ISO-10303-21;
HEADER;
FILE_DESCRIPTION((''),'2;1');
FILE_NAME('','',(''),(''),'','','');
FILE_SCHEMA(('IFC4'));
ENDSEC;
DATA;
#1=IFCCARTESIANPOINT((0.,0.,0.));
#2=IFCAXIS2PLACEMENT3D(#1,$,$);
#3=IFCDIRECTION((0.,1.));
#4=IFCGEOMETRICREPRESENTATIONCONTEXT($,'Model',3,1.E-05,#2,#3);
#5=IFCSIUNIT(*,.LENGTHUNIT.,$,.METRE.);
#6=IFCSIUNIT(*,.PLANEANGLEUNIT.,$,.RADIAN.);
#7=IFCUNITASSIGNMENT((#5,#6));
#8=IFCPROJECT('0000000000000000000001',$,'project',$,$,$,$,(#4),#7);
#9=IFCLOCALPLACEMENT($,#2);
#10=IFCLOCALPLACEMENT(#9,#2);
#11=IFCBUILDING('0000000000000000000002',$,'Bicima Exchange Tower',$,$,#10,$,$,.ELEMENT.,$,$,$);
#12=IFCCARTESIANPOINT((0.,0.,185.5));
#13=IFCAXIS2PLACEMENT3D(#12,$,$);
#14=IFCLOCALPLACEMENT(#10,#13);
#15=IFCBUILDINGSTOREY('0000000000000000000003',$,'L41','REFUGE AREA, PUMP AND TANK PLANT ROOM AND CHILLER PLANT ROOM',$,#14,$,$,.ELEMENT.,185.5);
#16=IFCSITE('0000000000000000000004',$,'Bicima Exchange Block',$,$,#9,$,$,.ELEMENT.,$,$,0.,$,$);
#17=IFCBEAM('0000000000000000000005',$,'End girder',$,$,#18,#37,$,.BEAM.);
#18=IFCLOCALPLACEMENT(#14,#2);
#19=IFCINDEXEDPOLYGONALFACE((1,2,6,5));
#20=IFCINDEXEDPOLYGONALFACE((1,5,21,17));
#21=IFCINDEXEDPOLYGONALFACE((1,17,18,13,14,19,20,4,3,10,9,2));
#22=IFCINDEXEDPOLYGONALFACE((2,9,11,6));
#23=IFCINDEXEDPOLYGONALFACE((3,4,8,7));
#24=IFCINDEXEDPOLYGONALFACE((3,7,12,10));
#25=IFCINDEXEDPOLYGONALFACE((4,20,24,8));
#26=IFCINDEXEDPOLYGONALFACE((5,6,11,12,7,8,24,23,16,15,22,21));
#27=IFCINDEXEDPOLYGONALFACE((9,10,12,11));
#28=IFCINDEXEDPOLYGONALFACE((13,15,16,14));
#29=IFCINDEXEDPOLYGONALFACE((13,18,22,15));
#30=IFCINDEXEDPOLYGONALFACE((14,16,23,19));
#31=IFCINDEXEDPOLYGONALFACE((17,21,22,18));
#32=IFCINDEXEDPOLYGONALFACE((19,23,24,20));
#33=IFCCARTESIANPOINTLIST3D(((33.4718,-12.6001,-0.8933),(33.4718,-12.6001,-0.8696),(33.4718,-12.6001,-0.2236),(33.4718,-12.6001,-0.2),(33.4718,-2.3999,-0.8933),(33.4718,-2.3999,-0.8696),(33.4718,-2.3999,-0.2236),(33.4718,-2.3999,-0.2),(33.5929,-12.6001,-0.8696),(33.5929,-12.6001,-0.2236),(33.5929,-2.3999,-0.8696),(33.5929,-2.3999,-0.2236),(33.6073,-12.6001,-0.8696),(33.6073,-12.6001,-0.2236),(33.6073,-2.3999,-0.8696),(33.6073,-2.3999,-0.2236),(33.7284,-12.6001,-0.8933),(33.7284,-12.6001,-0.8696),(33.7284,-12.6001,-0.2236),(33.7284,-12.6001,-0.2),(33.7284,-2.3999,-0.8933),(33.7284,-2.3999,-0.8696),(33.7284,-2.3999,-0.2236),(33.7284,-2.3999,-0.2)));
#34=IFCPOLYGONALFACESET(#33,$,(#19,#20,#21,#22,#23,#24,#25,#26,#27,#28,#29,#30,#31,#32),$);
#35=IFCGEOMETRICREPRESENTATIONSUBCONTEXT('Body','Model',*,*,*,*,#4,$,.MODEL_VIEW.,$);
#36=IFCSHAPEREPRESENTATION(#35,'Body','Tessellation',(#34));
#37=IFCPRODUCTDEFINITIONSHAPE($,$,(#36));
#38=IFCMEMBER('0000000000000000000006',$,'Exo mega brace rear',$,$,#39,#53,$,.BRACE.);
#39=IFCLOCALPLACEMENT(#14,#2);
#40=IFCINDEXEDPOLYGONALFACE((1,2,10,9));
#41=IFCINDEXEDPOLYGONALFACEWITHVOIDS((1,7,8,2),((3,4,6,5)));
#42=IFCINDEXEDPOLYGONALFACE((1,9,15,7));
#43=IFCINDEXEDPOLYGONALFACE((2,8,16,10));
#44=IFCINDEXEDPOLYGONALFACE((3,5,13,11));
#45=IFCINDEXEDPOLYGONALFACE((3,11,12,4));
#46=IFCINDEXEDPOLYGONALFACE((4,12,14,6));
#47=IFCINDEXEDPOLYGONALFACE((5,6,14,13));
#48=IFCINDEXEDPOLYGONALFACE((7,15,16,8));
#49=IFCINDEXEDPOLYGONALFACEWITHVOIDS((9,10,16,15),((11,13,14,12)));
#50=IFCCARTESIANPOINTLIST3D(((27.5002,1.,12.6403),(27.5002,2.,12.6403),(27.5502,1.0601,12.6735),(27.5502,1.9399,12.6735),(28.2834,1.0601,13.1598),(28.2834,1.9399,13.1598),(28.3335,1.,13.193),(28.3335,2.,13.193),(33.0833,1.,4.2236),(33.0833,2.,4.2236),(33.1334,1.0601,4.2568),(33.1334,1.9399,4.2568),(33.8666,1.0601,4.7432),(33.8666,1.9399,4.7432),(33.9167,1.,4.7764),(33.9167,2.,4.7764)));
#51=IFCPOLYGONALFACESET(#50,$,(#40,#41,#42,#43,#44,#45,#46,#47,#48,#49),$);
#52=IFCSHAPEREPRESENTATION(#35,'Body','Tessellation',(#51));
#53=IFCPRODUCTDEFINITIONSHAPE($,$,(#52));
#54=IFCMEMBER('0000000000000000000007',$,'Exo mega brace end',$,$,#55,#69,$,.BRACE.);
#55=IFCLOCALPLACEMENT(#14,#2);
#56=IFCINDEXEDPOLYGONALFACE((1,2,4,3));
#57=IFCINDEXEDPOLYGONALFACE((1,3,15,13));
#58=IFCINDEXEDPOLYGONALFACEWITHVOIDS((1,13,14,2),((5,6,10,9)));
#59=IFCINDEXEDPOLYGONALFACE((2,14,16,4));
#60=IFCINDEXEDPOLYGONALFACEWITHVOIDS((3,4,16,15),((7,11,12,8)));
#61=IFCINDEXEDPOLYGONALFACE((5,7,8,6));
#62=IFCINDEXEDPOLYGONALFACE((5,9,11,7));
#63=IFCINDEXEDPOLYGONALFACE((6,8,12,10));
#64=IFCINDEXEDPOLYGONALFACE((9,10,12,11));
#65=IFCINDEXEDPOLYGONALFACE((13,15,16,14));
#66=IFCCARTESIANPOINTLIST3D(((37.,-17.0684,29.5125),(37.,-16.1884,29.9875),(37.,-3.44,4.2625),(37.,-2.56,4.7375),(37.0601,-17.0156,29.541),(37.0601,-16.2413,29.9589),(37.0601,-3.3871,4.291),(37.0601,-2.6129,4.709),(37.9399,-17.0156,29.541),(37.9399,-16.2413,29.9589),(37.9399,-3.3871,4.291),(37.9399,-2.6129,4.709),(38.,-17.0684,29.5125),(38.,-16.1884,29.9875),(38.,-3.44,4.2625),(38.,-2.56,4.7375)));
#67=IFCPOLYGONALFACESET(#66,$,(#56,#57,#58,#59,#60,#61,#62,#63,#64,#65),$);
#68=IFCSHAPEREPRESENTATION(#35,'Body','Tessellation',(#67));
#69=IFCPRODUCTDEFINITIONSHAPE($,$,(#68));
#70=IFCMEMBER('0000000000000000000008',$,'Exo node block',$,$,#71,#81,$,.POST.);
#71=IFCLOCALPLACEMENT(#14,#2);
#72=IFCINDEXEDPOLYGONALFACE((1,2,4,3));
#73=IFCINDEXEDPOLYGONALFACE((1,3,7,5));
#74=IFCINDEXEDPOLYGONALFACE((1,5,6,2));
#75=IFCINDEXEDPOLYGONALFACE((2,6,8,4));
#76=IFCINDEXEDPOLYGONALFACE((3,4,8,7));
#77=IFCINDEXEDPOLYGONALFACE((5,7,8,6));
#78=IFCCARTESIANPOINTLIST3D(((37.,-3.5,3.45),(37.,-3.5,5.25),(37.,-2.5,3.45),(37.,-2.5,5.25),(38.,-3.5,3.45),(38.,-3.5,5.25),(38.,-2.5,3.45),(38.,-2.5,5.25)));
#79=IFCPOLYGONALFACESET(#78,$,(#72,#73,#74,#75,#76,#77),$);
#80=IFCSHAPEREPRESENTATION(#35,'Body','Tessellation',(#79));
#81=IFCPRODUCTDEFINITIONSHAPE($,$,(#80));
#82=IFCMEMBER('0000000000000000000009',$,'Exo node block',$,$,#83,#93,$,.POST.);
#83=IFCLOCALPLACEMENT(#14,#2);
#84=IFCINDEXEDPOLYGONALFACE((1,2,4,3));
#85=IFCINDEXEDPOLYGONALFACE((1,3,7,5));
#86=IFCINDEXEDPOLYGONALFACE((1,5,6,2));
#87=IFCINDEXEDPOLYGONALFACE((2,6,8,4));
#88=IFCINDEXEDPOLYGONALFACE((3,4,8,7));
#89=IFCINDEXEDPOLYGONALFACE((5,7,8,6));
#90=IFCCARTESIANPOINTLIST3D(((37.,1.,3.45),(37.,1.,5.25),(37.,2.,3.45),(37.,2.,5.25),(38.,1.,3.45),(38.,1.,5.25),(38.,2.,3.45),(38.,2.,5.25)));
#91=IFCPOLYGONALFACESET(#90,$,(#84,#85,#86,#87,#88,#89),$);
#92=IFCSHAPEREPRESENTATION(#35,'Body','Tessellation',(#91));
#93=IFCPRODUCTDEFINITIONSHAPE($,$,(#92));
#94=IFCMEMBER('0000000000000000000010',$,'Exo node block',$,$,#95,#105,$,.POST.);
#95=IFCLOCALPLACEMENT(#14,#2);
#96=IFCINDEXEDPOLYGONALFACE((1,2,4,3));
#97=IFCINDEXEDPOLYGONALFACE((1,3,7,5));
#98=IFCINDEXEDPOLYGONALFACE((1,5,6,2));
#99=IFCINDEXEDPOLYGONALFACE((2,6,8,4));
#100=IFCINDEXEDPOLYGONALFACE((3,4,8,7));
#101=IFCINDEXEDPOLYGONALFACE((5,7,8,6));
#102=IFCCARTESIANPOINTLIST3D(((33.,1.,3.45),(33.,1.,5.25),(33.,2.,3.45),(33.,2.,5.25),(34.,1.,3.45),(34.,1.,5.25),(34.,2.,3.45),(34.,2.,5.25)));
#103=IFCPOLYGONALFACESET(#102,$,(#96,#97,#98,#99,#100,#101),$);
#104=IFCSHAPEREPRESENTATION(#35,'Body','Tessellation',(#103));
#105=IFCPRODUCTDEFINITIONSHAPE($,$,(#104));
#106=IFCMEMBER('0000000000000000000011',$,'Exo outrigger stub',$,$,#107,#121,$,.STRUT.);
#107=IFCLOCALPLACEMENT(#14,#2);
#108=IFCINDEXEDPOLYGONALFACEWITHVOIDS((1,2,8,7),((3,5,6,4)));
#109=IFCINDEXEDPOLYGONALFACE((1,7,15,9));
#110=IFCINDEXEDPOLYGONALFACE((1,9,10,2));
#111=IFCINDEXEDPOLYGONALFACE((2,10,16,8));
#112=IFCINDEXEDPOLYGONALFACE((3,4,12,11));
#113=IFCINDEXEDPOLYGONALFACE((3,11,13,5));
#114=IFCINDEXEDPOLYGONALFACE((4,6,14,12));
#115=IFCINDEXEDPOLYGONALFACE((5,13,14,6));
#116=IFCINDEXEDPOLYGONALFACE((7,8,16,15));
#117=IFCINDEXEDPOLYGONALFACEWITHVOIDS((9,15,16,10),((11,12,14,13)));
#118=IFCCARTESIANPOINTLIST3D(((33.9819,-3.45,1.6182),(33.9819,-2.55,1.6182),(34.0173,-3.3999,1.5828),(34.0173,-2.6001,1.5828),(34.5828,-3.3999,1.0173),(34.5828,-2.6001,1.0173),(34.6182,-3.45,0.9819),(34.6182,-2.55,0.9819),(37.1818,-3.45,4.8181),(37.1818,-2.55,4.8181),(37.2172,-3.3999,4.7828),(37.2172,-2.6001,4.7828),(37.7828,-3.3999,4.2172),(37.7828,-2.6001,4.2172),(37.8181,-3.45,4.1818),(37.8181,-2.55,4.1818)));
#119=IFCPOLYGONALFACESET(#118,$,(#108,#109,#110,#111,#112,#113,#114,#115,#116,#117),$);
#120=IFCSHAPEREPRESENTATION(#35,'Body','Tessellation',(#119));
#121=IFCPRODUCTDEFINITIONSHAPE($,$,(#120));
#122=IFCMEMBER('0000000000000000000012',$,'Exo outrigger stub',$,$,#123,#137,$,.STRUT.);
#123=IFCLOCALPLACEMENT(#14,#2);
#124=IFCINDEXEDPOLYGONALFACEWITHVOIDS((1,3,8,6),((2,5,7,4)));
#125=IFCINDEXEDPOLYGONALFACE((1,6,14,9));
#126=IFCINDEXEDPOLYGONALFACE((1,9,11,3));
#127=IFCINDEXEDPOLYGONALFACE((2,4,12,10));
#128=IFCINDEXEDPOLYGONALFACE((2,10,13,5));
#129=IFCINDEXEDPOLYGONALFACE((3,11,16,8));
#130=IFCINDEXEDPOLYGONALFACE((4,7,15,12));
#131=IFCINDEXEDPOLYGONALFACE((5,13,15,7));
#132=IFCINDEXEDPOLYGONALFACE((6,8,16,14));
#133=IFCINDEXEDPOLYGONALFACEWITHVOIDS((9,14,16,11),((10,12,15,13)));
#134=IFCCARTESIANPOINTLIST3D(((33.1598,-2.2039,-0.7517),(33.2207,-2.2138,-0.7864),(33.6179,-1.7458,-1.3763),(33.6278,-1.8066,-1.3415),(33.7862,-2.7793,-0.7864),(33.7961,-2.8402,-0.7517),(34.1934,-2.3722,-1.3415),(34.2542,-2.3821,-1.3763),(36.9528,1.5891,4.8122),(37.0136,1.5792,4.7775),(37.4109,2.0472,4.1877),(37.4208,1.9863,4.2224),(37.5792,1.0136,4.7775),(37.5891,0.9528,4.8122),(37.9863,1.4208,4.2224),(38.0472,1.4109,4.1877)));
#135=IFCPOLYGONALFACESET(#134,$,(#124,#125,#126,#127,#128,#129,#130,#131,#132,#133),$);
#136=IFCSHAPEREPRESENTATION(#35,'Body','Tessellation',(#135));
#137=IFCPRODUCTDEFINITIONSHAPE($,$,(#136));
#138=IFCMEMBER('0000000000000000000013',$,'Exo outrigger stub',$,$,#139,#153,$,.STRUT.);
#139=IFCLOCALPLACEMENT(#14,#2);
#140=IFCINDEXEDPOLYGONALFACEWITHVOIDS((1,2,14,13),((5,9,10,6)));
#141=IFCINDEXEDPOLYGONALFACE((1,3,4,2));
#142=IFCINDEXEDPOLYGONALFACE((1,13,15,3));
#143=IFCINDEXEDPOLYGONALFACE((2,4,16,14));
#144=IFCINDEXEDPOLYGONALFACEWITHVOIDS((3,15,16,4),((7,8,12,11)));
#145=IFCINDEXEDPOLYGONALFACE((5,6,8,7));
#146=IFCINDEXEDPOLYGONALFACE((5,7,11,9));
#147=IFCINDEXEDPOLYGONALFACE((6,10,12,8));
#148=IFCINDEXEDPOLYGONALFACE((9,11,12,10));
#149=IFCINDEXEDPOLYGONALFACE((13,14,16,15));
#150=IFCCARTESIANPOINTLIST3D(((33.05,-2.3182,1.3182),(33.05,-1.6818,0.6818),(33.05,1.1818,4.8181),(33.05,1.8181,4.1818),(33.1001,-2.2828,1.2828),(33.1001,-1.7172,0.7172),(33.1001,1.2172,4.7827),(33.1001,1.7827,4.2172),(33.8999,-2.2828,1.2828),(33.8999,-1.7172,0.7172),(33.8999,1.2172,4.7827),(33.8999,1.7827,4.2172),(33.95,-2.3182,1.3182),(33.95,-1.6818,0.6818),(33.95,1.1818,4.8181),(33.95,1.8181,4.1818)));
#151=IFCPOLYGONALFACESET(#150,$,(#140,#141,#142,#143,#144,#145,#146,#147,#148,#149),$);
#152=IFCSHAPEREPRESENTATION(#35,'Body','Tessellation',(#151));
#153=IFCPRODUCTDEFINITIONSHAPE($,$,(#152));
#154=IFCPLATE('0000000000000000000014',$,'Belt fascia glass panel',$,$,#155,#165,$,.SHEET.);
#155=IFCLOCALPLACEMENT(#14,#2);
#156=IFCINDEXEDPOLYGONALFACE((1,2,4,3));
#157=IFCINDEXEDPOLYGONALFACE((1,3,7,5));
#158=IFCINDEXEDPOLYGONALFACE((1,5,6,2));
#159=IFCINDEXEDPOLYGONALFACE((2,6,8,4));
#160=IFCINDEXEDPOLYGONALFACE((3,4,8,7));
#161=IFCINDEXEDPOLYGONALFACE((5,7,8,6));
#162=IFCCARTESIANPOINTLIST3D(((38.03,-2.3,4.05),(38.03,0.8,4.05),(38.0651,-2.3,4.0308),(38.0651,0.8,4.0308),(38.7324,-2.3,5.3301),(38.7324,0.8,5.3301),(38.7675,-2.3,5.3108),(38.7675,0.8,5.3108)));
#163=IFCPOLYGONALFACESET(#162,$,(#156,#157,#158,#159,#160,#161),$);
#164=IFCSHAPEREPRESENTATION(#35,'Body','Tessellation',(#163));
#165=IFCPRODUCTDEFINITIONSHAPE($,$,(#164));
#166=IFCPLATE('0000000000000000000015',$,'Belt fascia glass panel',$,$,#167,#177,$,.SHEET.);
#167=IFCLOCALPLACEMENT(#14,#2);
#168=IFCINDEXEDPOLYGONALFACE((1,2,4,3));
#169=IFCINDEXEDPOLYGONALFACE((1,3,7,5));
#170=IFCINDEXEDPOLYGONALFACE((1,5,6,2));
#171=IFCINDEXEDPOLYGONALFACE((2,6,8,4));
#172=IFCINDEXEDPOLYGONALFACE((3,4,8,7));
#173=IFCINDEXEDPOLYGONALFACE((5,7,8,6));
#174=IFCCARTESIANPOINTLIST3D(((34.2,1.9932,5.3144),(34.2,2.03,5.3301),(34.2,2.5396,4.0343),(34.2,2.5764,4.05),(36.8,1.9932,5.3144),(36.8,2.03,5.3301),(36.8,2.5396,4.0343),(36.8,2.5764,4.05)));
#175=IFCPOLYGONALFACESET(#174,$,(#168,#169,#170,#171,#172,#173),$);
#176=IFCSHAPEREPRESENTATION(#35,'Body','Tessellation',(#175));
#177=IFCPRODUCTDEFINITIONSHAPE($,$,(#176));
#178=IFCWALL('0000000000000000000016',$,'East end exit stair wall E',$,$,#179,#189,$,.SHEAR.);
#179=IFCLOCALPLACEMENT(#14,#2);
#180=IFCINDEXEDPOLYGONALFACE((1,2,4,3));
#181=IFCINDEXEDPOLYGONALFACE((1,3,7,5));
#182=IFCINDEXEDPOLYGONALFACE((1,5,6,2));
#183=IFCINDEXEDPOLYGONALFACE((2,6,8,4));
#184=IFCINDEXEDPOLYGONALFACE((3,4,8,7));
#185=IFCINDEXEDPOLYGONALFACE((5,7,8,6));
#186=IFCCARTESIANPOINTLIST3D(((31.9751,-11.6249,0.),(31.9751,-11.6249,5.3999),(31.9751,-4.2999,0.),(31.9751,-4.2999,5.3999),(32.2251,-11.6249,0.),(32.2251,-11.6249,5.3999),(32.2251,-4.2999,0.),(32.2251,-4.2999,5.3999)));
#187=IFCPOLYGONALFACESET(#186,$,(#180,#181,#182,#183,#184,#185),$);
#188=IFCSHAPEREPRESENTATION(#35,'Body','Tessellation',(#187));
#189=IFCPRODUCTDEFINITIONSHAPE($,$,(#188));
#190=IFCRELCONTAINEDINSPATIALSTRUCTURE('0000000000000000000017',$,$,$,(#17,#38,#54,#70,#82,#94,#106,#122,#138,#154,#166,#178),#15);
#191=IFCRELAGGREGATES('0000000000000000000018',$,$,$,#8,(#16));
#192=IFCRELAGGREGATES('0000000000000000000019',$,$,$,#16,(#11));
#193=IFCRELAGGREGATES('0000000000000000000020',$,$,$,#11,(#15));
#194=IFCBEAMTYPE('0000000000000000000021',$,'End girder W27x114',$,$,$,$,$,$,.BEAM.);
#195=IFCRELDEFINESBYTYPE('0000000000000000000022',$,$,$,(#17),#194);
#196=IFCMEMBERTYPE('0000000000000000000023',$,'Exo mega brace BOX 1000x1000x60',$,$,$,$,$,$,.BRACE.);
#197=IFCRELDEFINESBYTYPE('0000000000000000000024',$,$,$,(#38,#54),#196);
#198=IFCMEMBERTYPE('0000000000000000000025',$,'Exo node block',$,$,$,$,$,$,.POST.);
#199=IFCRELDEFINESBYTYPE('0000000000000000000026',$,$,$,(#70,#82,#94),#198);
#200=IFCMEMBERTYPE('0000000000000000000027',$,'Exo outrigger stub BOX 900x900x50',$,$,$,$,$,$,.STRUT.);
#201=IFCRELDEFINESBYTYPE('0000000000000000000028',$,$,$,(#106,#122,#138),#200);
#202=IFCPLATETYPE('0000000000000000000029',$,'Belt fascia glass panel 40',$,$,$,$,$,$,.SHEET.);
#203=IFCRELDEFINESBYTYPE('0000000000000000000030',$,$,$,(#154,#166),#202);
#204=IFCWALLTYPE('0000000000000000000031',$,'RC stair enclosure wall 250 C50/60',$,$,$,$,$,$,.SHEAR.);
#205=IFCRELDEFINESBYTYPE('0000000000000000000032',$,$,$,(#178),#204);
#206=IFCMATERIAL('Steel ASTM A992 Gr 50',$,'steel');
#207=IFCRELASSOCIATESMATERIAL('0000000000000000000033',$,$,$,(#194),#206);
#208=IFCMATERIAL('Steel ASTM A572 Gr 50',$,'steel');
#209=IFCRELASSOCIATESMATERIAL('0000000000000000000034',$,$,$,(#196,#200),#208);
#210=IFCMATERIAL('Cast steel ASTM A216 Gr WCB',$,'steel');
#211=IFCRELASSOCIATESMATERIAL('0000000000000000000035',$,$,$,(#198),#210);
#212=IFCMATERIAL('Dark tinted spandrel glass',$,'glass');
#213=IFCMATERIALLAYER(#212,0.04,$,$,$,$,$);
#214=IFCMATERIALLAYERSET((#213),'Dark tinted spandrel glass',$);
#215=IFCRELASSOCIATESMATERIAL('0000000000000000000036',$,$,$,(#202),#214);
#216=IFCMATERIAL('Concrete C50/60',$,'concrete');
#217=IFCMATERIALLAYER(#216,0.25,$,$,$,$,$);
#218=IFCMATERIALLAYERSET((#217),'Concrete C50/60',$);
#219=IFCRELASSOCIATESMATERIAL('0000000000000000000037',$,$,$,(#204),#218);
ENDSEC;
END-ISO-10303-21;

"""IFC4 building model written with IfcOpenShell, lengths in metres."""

from ifc_helpers import new_model, si_unit, direction, frame, frame_2d, origin, origin_2d, place, context, subcontext, project, spatial, polyline, rectangle, hollow_rectangle, i_section, outline, extrude, material, layer, layer_set, material_profile, profile_set, type_object, element, save


model = new_model("IFC4")

# Units and contexts
model_context = context("Model", 3, precision=1e-05, world=origin(), true_north=direction((0.0, 1.0)))
body_context = subcontext(model_context, "Body", "Model", "MODEL_VIEW")
ifc_project = project(units=[si_unit("LENGTHUNIT", "METRE"), si_unit("PLANEANGLEUNIT", "RADIAN")], contexts=[model_context])

# Site, building, storey
site_placement = place(None, origin())
site = spatial("IfcSite", under=ifc_project, at=site_placement, Name="Bicima Exchange Block", CompositionType="ELEMENT", RefElevation=0.0)
building_placement = place(site_placement, origin())
building = spatial("IfcBuilding", under=site, at=building_placement, Name="Bicima Exchange Tower", CompositionType="ELEMENT")
storey_placement = place(building_placement, frame((0.0, 0.0, 185.5)))
storey = spatial("IfcBuildingStorey", under=building, at=storey_placement, Name="L41", Description="REFUGE AREA, PUMP AND TANK PLANT ROOM AND CHILLER PLANT ROOM", CompositionType="ELEMENT", Elevation=185.5)

# Shared definitions
ifc_material_1 = material(Name="Steel ASTM A572 Gr 50", Category="steel")

# Shared definitions
ifc_material_2 = material(Name="Steel ASTM A992 Gr 50", Category="steel")

# Beam
ifc_material_profile_1 = material_profile(ifc_material_2, i_section(OverallWidth=0.2566, OverallDepth=0.6934, WebThickness=0.0144, FlangeThickness=0.0237, at=origin_2d()))
ifc_profile_set_1 = profile_set([ifc_material_profile_1], Name="Steel ASTM A992 Gr 50")
beam_type_1 = type_object("IfcBeamType", Name="End girder W27x114", PredefinedType="BEAM", material=ifc_profile_set_1)
beam_1_placement = place(storey_placement, frame((33.6001, -2.3999, -0.5466), z_axis=(0.0, -1.0, 0.0), x_axis=(1.0, 0.0, 0.0)))
element("IfcBeam", 1, at=beam_1_placement, inside=storey, type_object=beam_type_1, Name="End girder", PredefinedType="BEAM", context=body_context, shape_type="SweptSolid", body=[
    extrude(i_section(OverallWidth=0.2566, OverallDepth=0.6934, WebThickness=0.0144, FlangeThickness=0.0237, at=origin_2d()), origin(), (0.0, 0.0, 1.0), 10.2002),
])

# Members
ifc_material_profile_2 = material_profile(ifc_material_1, hollow_rectangle(XDim=1.0, YDim=1.0, WallThickness=0.0601, at=origin_2d()))
ifc_profile_set_2 = profile_set([ifc_material_profile_2], Name="Steel ASTM A572 Gr 50")
member_type_1 = type_object("IfcMemberType", Name="Exo mega brace BOX 1000x1000x60", PredefinedType="BRACE", material=ifc_profile_set_2)
member_1_placement = place(storey_placement, frame((33.5, 1.5, 4.5), z_axis=(-0.552785, 0.0, 0.833324), x_axis=(0.0, -1.0, 0.0)))
element("IfcMember", 2, at=member_1_placement, inside=storey, type_object=member_type_1, Name="Exo mega brace rear", PredefinedType="BRACE", context=body_context, shape_type="SweptSolid", body=[
    extrude(hollow_rectangle(XDim=1.0, YDim=1.0, WallThickness=0.0601, at=origin_2d()), origin(), (0.0, 0.0, 1.0), 10.1001),
])
member_2_placement = place(storey_placement, frame((37.5, -3.0, 4.5), z_axis=(0.0, -0.474971, 0.880001), x_axis=(1.0, 0.0, 0.0)))
element("IfcMember", 3, at=member_2_placement, inside=storey, type_object=member_type_1, Name="Exo mega brace end", PredefinedType="BRACE", context=body_context, shape_type="SweptSolid", body=[
    extrude(hollow_rectangle(XDim=1.0, YDim=1.0, WallThickness=0.0601, at=origin_2d()), origin(), (0.0, 0.0, 1.0), 28.6931),
])
ifc_material_3 = material(Name="Cast steel ASTM A216 Gr WCB", Category="steel")
ifc_material_profile_3 = material_profile(ifc_material_3, rectangle(XDim=1.0, YDim=1.0, at=origin_2d()))
ifc_profile_set_3 = profile_set([ifc_material_profile_3], Name="Cast steel ASTM A216 Gr WCB")
member_type_2 = type_object("IfcMemberType", Name="Exo node block", PredefinedType="POST", material=ifc_profile_set_3)
for number, where, z_axis, x_axis, name in (
    (4, (37.5, -3.0, 3.45), (0.0, 0.0, 1.0), (1.0, 0.0, 0.0), "Exo node block"),
    (5, (37.5, 1.5, 3.45), (0.0, 0.0, 1.0), (1.0, 0.0, 0.0), "Exo node block"),
    (6, (33.5, 1.5, 3.45), (0.0, 0.0, 1.0), (1.0, 0.0, 0.0), "Exo node block"),
):
    element("IfcMember", number, at=place(storey_placement, frame(where, z_axis=z_axis, x_axis=x_axis)), inside=storey, type_object=member_type_2, Name=name, PredefinedType="POST", context=body_context, shape_type="SweptSolid", body=[
        extrude(rectangle(XDim=1.0, YDim=1.0, at=origin_2d()), origin(), (0.0, 0.0, 1.0), 1.8),
    ])
ifc_material_profile_4 = material_profile(ifc_material_1, hollow_rectangle(XDim=0.8999, YDim=0.8999, WallThickness=0.05, at=origin_2d()))
ifc_profile_set_4 = profile_set([ifc_material_profile_4], Name="Steel ASTM A572 Gr 50")
member_type_3 = type_object("IfcMemberType", Name="Exo outrigger stub BOX 900x900x50", PredefinedType="STRUT", material=ifc_profile_set_4)
member_3_placement = place(storey_placement, frame((34.3, -3.0, 1.3), z_axis=(0.707107, 0.0, 0.707107), x_axis=(0.0, 1.0, 0.0)))
element("IfcMember", 7, at=member_3_placement, inside=storey, type_object=member_type_3, Name="Exo outrigger stub", PredefinedType="STRUT", context=body_context, shape_type="SweptSolid", body=[
    extrude(hollow_rectangle(XDim=0.8999, YDim=0.8999, WallThickness=0.05, at=origin_2d()), origin(), (0.0, 0.0, 1.0), 4.5254),
])
member_4_placement = place(storey_placement, frame((33.707, -2.293, -1.064), z_axis=(0.490772, 0.490772, 0.719921), x_axis=(-0.707107, 0.707107, 0.0)))
element("IfcMember", 8, at=member_4_placement, inside=storey, type_object=member_type_3, Name="Exo outrigger stub", PredefinedType="STRUT", context=body_context, shape_type="SweptSolid", body=[
    extrude(hollow_rectangle(XDim=0.8999, YDim=0.8999, WallThickness=0.05, at=origin_2d()), origin(), (0.0, 0.0, 1.0), 7.7285),
])
member_5_placement = place(storey_placement, frame((33.5, -2.0, 1.0), z_axis=(0.0, 0.707107, 0.707107), x_axis=(-1.0, 0.0, 0.0)))
element("IfcMember", 9, at=member_5_placement, inside=storey, type_object=member_type_3, Name="Exo outrigger stub", PredefinedType="STRUT", context=body_context, shape_type="SweptSolid", body=[
    extrude(hollow_rectangle(XDim=0.8999, YDim=0.8999, WallThickness=0.05, at=origin_2d()), origin(), (0.0, 0.0, 1.0), 4.9497),
])

# Plates
ifc_material_4 = material(Name="Dark tinted spandrel glass", Category="glass")
ifc_layer_1 = layer(ifc_material_4, 0.04)
ifc_layer_set_1 = layer_set([ifc_layer_1], Name="Dark tinted spandrel glass")
plate_type = type_object("IfcPlateType", Name="Belt fascia glass panel 40", PredefinedType="SHEET", material=ifc_layer_set_1)
plate_1_placement = place(storey_placement, frame((38.03, -2.3, 4.05), z_axis=(-0.876685, 0.0, 0.481065), x_axis=(0.0, 1.0, 0.0)))
element("IfcPlate", 10, at=plate_1_placement, inside=storey, type_object=plate_type, Name="Belt fascia glass panel", PredefinedType="SHEET", context=body_context, shape_type="SweptSolid", body=[
    extrude(outline(polyline([(0.0, 0.0), (3.1001, 0.0), (3.1001, -1.4601), (0.0, -1.4601), (0.0, 0.0)])), origin(), (0.0, 0.0, -1.0), 0.04),
])
plate_2_placement = place(storey_placement, frame((36.8, 2.5764, 4.05), z_axis=(0.0, 0.919716, 0.392585), x_axis=(-1.0, 0.0, 0.0)))
element("IfcPlate", 11, at=plate_2_placement, inside=storey, type_object=plate_type, Name="Belt fascia glass panel", PredefinedType="SHEET", context=body_context, shape_type="SweptSolid", body=[
    extrude(outline(polyline([(0.0, 0.0), (2.6001, 0.0), (2.6001, 1.3918), (0.0, 1.3918), (0.0, 0.0)])), origin(), (0.0, 0.0, -1.0), 0.04),
])

# Wall
ifc_material_5 = material(Name="Concrete C50/60", Category="concrete")
ifc_layer_2 = layer(ifc_material_5, 0.25)
ifc_layer_set_2 = layer_set([ifc_layer_2], Name="Concrete C50/60")
wall_type_1 = type_object("IfcWallType", Name="RC stair enclosure wall 250 C50/60", PredefinedType="SHEAR", material=ifc_layer_set_2)
wall_1_placement = place(storey_placement, frame((32.1001, -11.625, 0.0), z_axis=(0.0, 0.0, 1.0), x_axis=(0.0, 1.0, 0.0)))
element("IfcWall", 12, at=wall_1_placement, inside=storey, type_object=wall_type_1, Name="East end exit stair wall E", PredefinedType="SHEAR", context=body_context, shape_type="SweptSolid", body=[
    extrude(rectangle(XDim=7.325, YDim=0.25, at=frame_2d((3.6626, 0.0))), origin(), (0.0, 0.0, 1.0), 5.3999),
])

save(model, "model.ifc")
